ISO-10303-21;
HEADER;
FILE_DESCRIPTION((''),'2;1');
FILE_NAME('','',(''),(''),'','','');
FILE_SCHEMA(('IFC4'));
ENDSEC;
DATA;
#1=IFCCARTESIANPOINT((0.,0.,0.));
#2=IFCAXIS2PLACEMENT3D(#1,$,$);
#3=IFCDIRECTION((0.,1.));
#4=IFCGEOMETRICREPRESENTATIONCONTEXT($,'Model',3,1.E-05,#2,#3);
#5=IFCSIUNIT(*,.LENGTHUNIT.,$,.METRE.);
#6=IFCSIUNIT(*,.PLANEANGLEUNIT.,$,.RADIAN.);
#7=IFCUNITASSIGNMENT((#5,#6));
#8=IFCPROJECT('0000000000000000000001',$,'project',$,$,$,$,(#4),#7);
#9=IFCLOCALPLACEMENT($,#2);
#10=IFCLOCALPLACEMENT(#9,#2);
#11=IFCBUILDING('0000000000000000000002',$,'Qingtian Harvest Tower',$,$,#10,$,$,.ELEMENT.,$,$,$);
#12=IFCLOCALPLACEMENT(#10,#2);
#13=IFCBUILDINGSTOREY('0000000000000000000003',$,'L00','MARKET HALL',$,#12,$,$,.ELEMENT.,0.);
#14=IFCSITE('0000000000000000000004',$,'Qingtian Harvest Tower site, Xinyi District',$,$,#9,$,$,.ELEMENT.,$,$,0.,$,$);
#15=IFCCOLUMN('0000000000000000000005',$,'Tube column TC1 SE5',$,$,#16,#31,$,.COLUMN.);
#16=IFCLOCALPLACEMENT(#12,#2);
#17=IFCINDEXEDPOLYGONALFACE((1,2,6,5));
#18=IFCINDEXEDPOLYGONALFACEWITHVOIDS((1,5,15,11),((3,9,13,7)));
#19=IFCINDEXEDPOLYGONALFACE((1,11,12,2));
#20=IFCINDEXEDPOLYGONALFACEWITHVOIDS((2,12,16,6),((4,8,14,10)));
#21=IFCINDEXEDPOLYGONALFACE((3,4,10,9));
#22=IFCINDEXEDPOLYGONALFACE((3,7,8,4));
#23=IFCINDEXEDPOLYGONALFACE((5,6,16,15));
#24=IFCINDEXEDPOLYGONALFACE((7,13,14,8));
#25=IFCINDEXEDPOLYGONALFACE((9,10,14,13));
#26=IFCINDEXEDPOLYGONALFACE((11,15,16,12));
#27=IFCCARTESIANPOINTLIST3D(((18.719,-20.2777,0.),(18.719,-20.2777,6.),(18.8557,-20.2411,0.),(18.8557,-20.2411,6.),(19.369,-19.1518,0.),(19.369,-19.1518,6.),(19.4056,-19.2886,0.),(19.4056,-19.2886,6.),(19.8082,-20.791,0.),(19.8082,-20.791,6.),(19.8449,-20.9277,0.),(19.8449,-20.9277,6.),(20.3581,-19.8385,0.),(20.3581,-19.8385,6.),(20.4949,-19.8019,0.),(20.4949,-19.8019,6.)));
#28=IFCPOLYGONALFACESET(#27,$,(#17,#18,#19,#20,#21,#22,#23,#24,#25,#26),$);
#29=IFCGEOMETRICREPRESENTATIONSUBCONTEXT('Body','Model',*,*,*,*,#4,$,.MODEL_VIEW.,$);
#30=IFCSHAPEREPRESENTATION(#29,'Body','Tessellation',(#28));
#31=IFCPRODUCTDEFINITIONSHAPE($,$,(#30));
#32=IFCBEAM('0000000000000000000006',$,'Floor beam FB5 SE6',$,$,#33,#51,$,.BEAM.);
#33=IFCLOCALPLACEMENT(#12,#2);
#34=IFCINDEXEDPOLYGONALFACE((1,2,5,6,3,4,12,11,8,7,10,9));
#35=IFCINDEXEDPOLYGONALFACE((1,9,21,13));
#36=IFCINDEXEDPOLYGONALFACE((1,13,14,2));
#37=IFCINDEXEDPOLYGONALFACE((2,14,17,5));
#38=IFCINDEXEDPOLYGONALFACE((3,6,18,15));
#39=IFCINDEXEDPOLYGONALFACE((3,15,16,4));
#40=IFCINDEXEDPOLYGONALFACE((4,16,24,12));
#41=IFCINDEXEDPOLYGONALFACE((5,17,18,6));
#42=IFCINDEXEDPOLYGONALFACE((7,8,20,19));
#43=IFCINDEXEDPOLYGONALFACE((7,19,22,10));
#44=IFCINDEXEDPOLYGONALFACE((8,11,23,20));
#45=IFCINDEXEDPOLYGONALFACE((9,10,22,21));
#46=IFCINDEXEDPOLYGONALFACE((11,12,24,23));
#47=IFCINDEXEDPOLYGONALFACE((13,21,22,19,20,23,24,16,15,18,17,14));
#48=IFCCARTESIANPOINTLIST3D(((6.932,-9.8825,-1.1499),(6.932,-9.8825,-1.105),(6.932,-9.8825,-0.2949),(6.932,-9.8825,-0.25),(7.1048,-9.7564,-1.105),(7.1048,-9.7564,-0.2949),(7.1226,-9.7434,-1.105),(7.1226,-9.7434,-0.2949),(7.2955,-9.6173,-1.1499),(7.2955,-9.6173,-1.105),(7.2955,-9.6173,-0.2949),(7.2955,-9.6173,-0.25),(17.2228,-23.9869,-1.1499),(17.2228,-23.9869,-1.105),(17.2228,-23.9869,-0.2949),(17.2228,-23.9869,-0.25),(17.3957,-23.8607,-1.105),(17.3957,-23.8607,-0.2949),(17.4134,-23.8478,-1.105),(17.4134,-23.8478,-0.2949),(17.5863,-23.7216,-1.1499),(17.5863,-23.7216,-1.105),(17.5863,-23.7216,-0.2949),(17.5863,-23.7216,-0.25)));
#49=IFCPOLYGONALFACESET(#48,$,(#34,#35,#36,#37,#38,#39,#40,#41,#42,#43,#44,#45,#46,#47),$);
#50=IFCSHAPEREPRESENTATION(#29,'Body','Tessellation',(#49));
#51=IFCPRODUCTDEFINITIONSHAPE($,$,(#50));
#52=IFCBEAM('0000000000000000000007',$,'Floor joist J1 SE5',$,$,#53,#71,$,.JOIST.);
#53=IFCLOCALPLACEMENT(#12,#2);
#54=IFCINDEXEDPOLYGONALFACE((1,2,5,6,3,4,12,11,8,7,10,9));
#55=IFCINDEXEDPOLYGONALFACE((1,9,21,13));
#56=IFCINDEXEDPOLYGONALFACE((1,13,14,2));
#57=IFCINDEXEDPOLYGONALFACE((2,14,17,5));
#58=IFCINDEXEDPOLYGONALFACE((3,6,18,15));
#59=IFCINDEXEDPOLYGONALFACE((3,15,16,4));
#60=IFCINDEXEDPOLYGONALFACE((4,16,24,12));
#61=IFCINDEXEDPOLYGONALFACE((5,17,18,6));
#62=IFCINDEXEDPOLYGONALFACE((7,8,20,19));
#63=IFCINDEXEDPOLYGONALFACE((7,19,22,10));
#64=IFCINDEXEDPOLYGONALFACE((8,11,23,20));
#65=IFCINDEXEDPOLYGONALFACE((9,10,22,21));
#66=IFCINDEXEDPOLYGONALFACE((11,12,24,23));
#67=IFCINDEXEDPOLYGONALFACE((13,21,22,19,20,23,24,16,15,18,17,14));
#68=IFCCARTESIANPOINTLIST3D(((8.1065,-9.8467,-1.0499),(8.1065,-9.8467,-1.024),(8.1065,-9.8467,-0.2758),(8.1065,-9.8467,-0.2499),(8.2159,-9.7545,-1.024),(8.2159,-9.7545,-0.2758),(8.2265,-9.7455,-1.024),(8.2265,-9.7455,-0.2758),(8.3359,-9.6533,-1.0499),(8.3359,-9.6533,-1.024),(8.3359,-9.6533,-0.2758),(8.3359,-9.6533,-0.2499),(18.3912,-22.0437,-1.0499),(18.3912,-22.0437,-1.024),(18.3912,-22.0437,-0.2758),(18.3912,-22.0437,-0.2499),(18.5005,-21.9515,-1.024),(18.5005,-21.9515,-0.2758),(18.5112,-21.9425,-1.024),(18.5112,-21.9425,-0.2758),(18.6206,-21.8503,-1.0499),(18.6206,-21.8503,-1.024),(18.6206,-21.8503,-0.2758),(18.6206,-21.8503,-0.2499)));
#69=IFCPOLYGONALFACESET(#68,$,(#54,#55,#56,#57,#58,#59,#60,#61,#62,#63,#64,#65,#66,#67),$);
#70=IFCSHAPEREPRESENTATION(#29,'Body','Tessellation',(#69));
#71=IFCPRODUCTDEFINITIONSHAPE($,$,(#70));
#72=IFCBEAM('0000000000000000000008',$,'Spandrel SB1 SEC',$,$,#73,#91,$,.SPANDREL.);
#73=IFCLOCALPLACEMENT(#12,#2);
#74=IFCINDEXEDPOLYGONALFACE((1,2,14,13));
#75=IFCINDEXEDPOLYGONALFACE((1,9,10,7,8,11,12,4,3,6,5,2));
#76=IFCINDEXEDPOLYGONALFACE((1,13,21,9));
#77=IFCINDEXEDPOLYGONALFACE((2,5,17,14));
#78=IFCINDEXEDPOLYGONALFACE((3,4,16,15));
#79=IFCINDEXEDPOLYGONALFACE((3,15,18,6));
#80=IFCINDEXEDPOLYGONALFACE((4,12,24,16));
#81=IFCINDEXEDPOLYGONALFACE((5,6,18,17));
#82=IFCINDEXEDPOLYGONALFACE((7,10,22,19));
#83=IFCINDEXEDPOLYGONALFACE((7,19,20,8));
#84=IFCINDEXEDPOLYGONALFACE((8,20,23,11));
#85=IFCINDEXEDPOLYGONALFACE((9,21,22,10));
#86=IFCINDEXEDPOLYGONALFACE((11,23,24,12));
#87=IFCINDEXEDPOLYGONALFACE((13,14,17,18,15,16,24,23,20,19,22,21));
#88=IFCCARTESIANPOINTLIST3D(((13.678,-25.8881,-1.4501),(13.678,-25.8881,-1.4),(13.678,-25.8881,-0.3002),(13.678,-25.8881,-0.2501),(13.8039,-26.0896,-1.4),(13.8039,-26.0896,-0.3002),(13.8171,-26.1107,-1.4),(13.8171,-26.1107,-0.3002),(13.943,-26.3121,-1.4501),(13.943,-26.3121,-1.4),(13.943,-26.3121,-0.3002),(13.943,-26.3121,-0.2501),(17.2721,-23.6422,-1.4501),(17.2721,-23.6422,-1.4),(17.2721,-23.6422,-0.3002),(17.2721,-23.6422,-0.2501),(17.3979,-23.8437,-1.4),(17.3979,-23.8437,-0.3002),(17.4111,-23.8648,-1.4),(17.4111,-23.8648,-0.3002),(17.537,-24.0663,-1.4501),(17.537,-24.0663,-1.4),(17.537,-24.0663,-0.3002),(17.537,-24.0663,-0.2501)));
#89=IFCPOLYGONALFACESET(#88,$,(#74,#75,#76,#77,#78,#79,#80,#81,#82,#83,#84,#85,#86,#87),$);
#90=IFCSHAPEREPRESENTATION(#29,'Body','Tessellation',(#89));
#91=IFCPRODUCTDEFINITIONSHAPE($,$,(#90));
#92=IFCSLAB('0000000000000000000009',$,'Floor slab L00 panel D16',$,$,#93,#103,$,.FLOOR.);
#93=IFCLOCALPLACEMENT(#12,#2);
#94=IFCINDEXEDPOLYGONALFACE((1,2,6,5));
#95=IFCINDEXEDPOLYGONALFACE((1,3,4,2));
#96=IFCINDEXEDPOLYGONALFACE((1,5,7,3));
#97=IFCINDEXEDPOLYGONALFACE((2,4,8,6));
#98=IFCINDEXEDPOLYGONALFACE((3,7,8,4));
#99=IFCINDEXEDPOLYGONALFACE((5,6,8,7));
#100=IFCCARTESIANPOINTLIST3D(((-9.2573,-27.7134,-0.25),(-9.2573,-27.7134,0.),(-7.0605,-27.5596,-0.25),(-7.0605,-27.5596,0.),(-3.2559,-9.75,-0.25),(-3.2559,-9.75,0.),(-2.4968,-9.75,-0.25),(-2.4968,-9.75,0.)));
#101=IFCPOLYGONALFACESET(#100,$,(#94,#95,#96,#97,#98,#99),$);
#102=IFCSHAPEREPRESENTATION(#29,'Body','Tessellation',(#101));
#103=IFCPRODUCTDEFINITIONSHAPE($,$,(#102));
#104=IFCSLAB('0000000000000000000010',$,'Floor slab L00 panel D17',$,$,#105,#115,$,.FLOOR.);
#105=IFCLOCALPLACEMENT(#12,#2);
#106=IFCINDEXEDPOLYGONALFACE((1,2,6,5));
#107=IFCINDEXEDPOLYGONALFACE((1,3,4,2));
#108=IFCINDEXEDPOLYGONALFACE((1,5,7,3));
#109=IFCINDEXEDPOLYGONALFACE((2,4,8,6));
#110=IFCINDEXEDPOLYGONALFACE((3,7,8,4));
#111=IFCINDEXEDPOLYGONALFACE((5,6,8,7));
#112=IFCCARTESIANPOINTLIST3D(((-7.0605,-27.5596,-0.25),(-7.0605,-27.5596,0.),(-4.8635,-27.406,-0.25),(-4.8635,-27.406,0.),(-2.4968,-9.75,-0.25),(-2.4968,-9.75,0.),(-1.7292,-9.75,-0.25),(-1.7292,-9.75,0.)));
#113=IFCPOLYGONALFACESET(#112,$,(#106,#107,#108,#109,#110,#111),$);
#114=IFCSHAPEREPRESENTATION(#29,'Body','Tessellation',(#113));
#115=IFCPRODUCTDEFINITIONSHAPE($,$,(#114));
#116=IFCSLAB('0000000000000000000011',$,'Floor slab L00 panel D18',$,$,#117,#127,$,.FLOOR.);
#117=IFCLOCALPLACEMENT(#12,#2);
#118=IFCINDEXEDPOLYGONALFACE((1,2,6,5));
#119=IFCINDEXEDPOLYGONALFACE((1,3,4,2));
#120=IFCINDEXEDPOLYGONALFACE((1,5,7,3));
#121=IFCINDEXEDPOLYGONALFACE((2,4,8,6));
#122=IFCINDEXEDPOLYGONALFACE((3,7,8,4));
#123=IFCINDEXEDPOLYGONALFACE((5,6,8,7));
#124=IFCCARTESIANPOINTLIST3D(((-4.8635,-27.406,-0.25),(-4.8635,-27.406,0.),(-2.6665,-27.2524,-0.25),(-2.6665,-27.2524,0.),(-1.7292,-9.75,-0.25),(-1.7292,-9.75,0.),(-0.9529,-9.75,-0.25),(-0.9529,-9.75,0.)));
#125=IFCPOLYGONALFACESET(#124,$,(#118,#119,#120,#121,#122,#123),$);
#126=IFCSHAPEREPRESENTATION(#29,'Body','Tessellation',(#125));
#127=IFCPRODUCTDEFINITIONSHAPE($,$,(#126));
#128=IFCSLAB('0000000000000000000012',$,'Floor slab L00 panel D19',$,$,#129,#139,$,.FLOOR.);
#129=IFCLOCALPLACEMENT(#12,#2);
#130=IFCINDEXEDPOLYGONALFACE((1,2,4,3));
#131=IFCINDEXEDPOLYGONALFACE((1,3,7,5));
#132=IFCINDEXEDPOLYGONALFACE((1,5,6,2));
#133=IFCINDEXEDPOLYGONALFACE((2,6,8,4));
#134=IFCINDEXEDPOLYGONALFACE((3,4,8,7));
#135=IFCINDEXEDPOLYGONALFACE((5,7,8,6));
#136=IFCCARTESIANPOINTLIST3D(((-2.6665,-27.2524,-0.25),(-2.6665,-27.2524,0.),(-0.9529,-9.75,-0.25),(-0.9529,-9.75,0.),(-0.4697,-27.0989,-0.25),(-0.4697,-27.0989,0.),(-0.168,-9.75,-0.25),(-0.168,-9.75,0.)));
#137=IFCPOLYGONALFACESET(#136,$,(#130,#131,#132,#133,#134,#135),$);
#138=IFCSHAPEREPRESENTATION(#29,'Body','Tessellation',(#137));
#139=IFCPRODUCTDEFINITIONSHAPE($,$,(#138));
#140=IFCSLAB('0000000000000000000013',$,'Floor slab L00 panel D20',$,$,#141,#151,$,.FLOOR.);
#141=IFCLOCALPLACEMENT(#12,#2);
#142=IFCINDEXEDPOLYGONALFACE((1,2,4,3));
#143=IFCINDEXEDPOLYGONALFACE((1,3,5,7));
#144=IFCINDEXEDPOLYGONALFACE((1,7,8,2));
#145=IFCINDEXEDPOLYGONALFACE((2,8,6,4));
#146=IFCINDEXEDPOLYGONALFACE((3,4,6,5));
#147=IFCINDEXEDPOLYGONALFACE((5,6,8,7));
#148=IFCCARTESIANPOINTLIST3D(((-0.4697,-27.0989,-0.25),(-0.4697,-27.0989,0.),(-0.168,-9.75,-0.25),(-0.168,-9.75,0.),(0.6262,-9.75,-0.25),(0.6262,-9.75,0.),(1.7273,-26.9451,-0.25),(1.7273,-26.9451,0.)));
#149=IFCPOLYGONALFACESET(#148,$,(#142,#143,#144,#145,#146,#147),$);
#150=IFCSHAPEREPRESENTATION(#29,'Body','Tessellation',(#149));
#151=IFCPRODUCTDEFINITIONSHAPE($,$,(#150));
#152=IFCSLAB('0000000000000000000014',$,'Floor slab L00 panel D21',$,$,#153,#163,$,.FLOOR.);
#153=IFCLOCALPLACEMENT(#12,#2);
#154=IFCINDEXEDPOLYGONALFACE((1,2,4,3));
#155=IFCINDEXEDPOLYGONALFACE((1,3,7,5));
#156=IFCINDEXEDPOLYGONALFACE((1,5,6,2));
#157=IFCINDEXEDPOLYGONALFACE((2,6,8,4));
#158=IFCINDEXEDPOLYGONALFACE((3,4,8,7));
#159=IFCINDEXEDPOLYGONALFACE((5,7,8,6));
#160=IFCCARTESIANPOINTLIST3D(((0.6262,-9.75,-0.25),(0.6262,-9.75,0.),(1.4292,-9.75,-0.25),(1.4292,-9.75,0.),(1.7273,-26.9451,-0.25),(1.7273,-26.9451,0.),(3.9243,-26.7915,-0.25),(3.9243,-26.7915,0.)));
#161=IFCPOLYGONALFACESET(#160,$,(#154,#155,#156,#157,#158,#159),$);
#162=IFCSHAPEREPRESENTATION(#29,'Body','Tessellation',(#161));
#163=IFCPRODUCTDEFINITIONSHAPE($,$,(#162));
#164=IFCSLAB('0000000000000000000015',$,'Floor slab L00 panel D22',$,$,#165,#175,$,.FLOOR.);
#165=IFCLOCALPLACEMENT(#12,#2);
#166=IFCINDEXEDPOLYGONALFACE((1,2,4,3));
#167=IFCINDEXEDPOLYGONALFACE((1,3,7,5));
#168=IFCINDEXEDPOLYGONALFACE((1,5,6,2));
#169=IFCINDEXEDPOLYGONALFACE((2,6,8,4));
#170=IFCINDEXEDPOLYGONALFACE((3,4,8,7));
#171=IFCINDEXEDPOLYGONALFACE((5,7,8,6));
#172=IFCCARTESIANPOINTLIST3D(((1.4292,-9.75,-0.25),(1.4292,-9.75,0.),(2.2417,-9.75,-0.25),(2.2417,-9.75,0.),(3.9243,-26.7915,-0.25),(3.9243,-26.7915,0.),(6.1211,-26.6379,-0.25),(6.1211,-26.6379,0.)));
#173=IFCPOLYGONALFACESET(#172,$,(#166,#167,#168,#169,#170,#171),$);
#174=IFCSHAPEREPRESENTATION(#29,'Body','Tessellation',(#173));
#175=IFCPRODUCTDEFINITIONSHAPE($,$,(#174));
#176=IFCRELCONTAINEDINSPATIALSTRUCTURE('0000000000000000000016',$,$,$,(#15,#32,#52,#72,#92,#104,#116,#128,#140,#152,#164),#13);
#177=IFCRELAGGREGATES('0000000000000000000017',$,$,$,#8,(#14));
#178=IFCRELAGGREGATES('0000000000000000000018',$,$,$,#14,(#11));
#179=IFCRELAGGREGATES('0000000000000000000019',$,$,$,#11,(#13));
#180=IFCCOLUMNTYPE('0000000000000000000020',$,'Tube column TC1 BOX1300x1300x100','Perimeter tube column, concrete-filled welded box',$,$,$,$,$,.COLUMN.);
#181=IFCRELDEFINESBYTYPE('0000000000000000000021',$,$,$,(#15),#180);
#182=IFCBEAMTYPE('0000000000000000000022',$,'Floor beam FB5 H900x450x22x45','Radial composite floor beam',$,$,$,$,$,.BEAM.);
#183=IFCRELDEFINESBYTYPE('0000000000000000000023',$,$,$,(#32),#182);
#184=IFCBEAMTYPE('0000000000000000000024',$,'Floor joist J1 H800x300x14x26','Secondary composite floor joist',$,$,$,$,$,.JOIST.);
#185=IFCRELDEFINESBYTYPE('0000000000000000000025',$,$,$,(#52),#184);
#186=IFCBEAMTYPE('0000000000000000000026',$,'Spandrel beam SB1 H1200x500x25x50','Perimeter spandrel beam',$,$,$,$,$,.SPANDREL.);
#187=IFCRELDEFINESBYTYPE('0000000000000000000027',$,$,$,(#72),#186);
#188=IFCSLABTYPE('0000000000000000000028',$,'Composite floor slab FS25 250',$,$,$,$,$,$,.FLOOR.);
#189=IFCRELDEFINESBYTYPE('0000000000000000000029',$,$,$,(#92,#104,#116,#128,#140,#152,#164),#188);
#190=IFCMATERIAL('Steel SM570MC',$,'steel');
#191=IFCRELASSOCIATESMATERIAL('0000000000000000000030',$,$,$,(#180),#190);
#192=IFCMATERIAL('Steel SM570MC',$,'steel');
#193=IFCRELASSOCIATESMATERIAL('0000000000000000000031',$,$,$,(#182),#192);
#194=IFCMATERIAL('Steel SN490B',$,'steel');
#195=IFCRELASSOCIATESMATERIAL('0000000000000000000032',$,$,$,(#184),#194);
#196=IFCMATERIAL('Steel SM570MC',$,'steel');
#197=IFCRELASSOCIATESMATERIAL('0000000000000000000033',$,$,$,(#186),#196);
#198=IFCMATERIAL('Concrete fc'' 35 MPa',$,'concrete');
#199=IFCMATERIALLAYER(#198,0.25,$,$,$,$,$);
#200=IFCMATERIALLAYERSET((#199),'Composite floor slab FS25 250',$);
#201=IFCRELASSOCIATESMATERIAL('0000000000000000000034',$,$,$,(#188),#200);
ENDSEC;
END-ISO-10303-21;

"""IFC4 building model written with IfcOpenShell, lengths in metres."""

from ifc_helpers import new_model, si_unit, direction, frame, origin, origin_2d, place, context, subcontext, project, spatial, polyline, hollow_rectangle, i_section, outline, extrude, material, layer, layer_set, material_profile, profile_set, type_object, element, save


model = new_model("IFC4")

# Units and contexts
model_context = context("Model", 3, precision=1e-05, world=origin(), true_north=direction((0.0, 1.0)))
body_context = subcontext(model_context, "Body", "Model", "MODEL_VIEW")
ifc_project = project(units=[si_unit("LENGTHUNIT", "METRE"), si_unit("PLANEANGLEUNIT", "RADIAN")], contexts=[model_context])

# Site, building, storey
site_placement = place(None, origin())
site = spatial("IfcSite", under=ifc_project, at=site_placement, Name="Qingtian Harvest Tower site, Xinyi District", CompositionType="ELEMENT", RefElevation=0.0)
building_placement = place(site_placement, origin())
building = spatial("IfcBuilding", under=site, at=building_placement, Name="Qingtian Harvest Tower", CompositionType="ELEMENT")
storey_placement = place(building_placement, origin())
storey = spatial("IfcBuildingStorey", under=building, at=storey_placement, Name="L00", Description="MARKET HALL", CompositionType="ELEMENT", Elevation=0.0)

# Column
ifc_material_1 = material(Name="Steel SM570MC", Category="steel")
ifc_material_profile_1 = material_profile(ifc_material_1, hollow_rectangle(XDim=1.3, YDim=1.3, WallThickness=0.1001, at=origin_2d()), Name="BOX1300x1300x100")
ifc_profile_set_1 = profile_set([ifc_material_profile_1], Name="Steel SM570MC")
column_type = type_object("IfcColumnType", Name="Tube column TC1 BOX1300x1300x100", Description="Perimeter tube column, concrete-filled welded box", PredefinedType="COLUMN", material=ifc_profile_set_1)
column_placement = place(storey_placement, frame((19.6069, -20.0398, 0.0), z_axis=(0.0, 0.0, 1.0), x_axis=(0.5, 0.866025, 0.0)))
element("IfcColumn", 1, at=column_placement, inside=storey, type_object=column_type, Name="Tube column TC1 SE5", PredefinedType="COLUMN", context=body_context, shape_type="SweptSolid", body=[
    extrude(hollow_rectangle(XDim=1.3, YDim=1.3, WallThickness=0.1001, at=origin_2d()), origin(), (0.0, 0.0, 1.0), 6.0),
])

# Beams
ifc_material_2 = material(Name="Steel SM570MC", Category="steel")
ifc_material_profile_2 = material_profile(ifc_material_2, i_section(OverallWidth=0.45, OverallDepth=0.8999, WebThickness=0.022, FlangeThickness=0.0449, at=origin_2d()), Name="H900x450x22x45")
ifc_profile_set_2 = profile_set([ifc_material_profile_2], Name="Steel SM570MC")
beam_type_1 = type_object("IfcBeamType", Name="Floor beam FB5 H900x450x22x45", Description="Radial composite floor beam", PredefinedType="BEAM", material=ifc_profile_set_2)
beam_1_placement = place(storey_placement, frame((17.4045, -23.8542, -0.7), z_axis=(-0.589412, 0.807832, 0.0), x_axis=(-0.807832, -0.589412, 0.0)))
element("IfcBeam", 2, at=beam_1_placement, inside=storey, type_object=beam_type_1, Name="Floor beam FB5 SE6", PredefinedType="BEAM", context=body_context, shape_type="SweptSolid", body=[
    extrude(i_section(OverallWidth=0.45, OverallDepth=0.8999, WebThickness=0.022, FlangeThickness=0.0449, at=origin_2d()), origin(), (0.0, 0.0, 1.0), 17.4595),
])
ifc_material_3 = material(Name="Steel SN490B", Category="steel")
ifc_material_profile_3 = material_profile(ifc_material_3, i_section(OverallWidth=0.3, OverallDepth=0.8, WebThickness=0.0139, FlangeThickness=0.0259, at=origin_2d()), Name="H800x300x14x26")
ifc_profile_set_3 = profile_set([ifc_material_profile_3], Name="Steel SN490B")
beam_type_2 = type_object("IfcBeamType", Name="Floor joist J1 H800x300x14x26", Description="Secondary composite floor joist", PredefinedType="JOIST", material=ifc_profile_set_3)
beam_2_placement = place(storey_placement, frame((18.5059, -21.947, -0.6499), z_axis=(-0.64463, 0.764494, 0.0), x_axis=(-0.764494, -0.64463, 0.0)))
element("IfcBeam", 3, at=beam_2_placement, inside=storey, type_object=beam_type_2, Name="Floor joist J1 SE5", PredefinedType="JOIST", context=body_context, shape_type="SweptSolid", body=[
    extrude(i_section(OverallWidth=0.3, OverallDepth=0.8, WebThickness=0.0139, FlangeThickness=0.0259, at=origin_2d()), origin(), (0.0, 0.0, 1.0), 15.9543),
])
ifc_material_4 = material(Name="Steel SM570MC", Category="steel")
ifc_material_profile_4 = material_profile(ifc_material_4, i_section(OverallWidth=0.5, OverallDepth=1.2, WebThickness=0.0249, FlangeThickness=0.05, at=origin_2d()), Name="H1200x500x25x50")
ifc_profile_set_4 = profile_set([ifc_material_profile_4], Name="Steel SM570MC")
beam_type_3 = type_object("IfcBeamType", Name="Spandrel beam SB1 H1200x500x25x50", Description="Perimeter spandrel beam", PredefinedType="SPANDREL", material=ifc_profile_set_4)
beam_3_placement = place(storey_placement, frame((17.4045, -23.8542, -0.8501), z_axis=(-0.84804, -0.529932, 0.0), x_axis=(0.529932, -0.84804, 0.0)))
element("IfcBeam", 4, at=beam_3_placement, inside=storey, type_object=beam_type_3, Name="Spandrel SB1 SEC", PredefinedType="SPANDREL", context=body_context, shape_type="SweptSolid", body=[
    extrude(i_section(OverallWidth=0.5, OverallDepth=1.2, WebThickness=0.0249, FlangeThickness=0.05, at=origin_2d()), origin(), (0.0, 0.0, 1.0), 4.238),
])

# Slabs
ifc_material_5 = material(Name="Concrete fc' 35 MPa", Category="concrete")
ifc_layer_1 = layer(ifc_material_5, 0.25)
ifc_layer_set_1 = layer_set([ifc_layer_1], Name="Composite floor slab FS25 250")
slab_type = type_object("IfcSlabType", Name="Composite floor slab FS25 250", PredefinedType="FLOOR", material=ifc_layer_set_1)
slab_1_placement = place(storey_placement, frame((0.0, 0.0, -0.25)))
element("IfcSlab", 5, at=slab_1_placement, inside=storey, type_object=slab_type, Name="Floor slab L00 panel D16", PredefinedType="FLOOR", context=body_context, shape_type="SweptSolid", body=[
    extrude(outline(polyline([(-2.4968, -9.75), (-7.0605, -27.5596), (-9.2573, -27.7134), (-3.2559, -9.75), (-2.4968, -9.75)])), origin(), (0.0, 0.0, 1.0), 0.25),
])
slab_2_placement = place(storey_placement, frame((0.0, 0.0, -0.25)))
element("IfcSlab", 6, at=slab_2_placement, inside=storey, type_object=slab_type, Name="Floor slab L00 panel D17", PredefinedType="FLOOR", context=body_context, shape_type="SweptSolid", body=[
    extrude(outline(polyline([(-1.7292, -9.75), (-4.8635, -27.406), (-7.0605, -27.5596), (-2.4968, -9.75), (-1.7292, -9.75)])), origin(), (0.0, 0.0, 1.0), 0.25),
])
slab_3_placement = place(storey_placement, frame((0.0, 0.0, -0.25)))
element("IfcSlab", 7, at=slab_3_placement, inside=storey, type_object=slab_type, Name="Floor slab L00 panel D18", PredefinedType="FLOOR", context=body_context, shape_type="SweptSolid", body=[
    extrude(outline(polyline([(-0.9529, -9.75), (-2.6665, -27.2524), (-4.8635, -27.406), (-1.7292, -9.75), (-0.9529, -9.75)])), origin(), (0.0, 0.0, 1.0), 0.25),
])
slab_4_placement = place(storey_placement, frame((0.0, 0.0, -0.25)))
element("IfcSlab", 8, at=slab_4_placement, inside=storey, type_object=slab_type, Name="Floor slab L00 panel D19", PredefinedType="FLOOR", context=body_context, shape_type="SweptSolid", body=[
    extrude(outline(polyline([(-0.168, -9.75), (-0.4697, -27.0989), (-2.6665, -27.2524), (-0.9529, -9.75), (-0.168, -9.75)])), origin(), (0.0, 0.0, 1.0), 0.25),
])
slab_5_placement = place(storey_placement, frame((0.0, 0.0, -0.25)))
element("IfcSlab", 9, at=slab_5_placement, inside=storey, type_object=slab_type, Name="Floor slab L00 panel D20", PredefinedType="FLOOR", context=body_context, shape_type="SweptSolid", body=[
    extrude(outline(polyline([(0.6262, -9.75), (1.7273, -26.9451), (-0.4697, -27.0989), (-0.168, -9.75), (0.6262, -9.75)])), origin(), (0.0, 0.0, 1.0), 0.25),
])
slab_6_placement = place(storey_placement, frame((0.0, 0.0, -0.25)))
element("IfcSlab", 10, at=slab_6_placement, inside=storey, type_object=slab_type, Name="Floor slab L00 panel D21", PredefinedType="FLOOR", context=body_context, shape_type="SweptSolid", body=[
    extrude(outline(polyline([(1.4292, -9.75), (3.9243, -26.7915), (1.7273, -26.9451), (0.6262, -9.75), (1.4292, -9.75)])), origin(), (0.0, 0.0, 1.0), 0.25),
])
slab_7_placement = place(storey_placement, frame((0.0, 0.0, -0.25)))
element("IfcSlab", 11, at=slab_7_placement, inside=storey, type_object=slab_type, Name="Floor slab L00 panel D22", PredefinedType="FLOOR", context=body_context, shape_type="SweptSolid", body=[
    extrude(outline(polyline([(2.2417, -9.75), (6.1211, -26.6379), (3.9243, -26.7915), (1.4292, -9.75), (2.2417, -9.75)])), origin(), (0.0, 0.0, 1.0), 0.25),
])

save(model, "model.ifc")
